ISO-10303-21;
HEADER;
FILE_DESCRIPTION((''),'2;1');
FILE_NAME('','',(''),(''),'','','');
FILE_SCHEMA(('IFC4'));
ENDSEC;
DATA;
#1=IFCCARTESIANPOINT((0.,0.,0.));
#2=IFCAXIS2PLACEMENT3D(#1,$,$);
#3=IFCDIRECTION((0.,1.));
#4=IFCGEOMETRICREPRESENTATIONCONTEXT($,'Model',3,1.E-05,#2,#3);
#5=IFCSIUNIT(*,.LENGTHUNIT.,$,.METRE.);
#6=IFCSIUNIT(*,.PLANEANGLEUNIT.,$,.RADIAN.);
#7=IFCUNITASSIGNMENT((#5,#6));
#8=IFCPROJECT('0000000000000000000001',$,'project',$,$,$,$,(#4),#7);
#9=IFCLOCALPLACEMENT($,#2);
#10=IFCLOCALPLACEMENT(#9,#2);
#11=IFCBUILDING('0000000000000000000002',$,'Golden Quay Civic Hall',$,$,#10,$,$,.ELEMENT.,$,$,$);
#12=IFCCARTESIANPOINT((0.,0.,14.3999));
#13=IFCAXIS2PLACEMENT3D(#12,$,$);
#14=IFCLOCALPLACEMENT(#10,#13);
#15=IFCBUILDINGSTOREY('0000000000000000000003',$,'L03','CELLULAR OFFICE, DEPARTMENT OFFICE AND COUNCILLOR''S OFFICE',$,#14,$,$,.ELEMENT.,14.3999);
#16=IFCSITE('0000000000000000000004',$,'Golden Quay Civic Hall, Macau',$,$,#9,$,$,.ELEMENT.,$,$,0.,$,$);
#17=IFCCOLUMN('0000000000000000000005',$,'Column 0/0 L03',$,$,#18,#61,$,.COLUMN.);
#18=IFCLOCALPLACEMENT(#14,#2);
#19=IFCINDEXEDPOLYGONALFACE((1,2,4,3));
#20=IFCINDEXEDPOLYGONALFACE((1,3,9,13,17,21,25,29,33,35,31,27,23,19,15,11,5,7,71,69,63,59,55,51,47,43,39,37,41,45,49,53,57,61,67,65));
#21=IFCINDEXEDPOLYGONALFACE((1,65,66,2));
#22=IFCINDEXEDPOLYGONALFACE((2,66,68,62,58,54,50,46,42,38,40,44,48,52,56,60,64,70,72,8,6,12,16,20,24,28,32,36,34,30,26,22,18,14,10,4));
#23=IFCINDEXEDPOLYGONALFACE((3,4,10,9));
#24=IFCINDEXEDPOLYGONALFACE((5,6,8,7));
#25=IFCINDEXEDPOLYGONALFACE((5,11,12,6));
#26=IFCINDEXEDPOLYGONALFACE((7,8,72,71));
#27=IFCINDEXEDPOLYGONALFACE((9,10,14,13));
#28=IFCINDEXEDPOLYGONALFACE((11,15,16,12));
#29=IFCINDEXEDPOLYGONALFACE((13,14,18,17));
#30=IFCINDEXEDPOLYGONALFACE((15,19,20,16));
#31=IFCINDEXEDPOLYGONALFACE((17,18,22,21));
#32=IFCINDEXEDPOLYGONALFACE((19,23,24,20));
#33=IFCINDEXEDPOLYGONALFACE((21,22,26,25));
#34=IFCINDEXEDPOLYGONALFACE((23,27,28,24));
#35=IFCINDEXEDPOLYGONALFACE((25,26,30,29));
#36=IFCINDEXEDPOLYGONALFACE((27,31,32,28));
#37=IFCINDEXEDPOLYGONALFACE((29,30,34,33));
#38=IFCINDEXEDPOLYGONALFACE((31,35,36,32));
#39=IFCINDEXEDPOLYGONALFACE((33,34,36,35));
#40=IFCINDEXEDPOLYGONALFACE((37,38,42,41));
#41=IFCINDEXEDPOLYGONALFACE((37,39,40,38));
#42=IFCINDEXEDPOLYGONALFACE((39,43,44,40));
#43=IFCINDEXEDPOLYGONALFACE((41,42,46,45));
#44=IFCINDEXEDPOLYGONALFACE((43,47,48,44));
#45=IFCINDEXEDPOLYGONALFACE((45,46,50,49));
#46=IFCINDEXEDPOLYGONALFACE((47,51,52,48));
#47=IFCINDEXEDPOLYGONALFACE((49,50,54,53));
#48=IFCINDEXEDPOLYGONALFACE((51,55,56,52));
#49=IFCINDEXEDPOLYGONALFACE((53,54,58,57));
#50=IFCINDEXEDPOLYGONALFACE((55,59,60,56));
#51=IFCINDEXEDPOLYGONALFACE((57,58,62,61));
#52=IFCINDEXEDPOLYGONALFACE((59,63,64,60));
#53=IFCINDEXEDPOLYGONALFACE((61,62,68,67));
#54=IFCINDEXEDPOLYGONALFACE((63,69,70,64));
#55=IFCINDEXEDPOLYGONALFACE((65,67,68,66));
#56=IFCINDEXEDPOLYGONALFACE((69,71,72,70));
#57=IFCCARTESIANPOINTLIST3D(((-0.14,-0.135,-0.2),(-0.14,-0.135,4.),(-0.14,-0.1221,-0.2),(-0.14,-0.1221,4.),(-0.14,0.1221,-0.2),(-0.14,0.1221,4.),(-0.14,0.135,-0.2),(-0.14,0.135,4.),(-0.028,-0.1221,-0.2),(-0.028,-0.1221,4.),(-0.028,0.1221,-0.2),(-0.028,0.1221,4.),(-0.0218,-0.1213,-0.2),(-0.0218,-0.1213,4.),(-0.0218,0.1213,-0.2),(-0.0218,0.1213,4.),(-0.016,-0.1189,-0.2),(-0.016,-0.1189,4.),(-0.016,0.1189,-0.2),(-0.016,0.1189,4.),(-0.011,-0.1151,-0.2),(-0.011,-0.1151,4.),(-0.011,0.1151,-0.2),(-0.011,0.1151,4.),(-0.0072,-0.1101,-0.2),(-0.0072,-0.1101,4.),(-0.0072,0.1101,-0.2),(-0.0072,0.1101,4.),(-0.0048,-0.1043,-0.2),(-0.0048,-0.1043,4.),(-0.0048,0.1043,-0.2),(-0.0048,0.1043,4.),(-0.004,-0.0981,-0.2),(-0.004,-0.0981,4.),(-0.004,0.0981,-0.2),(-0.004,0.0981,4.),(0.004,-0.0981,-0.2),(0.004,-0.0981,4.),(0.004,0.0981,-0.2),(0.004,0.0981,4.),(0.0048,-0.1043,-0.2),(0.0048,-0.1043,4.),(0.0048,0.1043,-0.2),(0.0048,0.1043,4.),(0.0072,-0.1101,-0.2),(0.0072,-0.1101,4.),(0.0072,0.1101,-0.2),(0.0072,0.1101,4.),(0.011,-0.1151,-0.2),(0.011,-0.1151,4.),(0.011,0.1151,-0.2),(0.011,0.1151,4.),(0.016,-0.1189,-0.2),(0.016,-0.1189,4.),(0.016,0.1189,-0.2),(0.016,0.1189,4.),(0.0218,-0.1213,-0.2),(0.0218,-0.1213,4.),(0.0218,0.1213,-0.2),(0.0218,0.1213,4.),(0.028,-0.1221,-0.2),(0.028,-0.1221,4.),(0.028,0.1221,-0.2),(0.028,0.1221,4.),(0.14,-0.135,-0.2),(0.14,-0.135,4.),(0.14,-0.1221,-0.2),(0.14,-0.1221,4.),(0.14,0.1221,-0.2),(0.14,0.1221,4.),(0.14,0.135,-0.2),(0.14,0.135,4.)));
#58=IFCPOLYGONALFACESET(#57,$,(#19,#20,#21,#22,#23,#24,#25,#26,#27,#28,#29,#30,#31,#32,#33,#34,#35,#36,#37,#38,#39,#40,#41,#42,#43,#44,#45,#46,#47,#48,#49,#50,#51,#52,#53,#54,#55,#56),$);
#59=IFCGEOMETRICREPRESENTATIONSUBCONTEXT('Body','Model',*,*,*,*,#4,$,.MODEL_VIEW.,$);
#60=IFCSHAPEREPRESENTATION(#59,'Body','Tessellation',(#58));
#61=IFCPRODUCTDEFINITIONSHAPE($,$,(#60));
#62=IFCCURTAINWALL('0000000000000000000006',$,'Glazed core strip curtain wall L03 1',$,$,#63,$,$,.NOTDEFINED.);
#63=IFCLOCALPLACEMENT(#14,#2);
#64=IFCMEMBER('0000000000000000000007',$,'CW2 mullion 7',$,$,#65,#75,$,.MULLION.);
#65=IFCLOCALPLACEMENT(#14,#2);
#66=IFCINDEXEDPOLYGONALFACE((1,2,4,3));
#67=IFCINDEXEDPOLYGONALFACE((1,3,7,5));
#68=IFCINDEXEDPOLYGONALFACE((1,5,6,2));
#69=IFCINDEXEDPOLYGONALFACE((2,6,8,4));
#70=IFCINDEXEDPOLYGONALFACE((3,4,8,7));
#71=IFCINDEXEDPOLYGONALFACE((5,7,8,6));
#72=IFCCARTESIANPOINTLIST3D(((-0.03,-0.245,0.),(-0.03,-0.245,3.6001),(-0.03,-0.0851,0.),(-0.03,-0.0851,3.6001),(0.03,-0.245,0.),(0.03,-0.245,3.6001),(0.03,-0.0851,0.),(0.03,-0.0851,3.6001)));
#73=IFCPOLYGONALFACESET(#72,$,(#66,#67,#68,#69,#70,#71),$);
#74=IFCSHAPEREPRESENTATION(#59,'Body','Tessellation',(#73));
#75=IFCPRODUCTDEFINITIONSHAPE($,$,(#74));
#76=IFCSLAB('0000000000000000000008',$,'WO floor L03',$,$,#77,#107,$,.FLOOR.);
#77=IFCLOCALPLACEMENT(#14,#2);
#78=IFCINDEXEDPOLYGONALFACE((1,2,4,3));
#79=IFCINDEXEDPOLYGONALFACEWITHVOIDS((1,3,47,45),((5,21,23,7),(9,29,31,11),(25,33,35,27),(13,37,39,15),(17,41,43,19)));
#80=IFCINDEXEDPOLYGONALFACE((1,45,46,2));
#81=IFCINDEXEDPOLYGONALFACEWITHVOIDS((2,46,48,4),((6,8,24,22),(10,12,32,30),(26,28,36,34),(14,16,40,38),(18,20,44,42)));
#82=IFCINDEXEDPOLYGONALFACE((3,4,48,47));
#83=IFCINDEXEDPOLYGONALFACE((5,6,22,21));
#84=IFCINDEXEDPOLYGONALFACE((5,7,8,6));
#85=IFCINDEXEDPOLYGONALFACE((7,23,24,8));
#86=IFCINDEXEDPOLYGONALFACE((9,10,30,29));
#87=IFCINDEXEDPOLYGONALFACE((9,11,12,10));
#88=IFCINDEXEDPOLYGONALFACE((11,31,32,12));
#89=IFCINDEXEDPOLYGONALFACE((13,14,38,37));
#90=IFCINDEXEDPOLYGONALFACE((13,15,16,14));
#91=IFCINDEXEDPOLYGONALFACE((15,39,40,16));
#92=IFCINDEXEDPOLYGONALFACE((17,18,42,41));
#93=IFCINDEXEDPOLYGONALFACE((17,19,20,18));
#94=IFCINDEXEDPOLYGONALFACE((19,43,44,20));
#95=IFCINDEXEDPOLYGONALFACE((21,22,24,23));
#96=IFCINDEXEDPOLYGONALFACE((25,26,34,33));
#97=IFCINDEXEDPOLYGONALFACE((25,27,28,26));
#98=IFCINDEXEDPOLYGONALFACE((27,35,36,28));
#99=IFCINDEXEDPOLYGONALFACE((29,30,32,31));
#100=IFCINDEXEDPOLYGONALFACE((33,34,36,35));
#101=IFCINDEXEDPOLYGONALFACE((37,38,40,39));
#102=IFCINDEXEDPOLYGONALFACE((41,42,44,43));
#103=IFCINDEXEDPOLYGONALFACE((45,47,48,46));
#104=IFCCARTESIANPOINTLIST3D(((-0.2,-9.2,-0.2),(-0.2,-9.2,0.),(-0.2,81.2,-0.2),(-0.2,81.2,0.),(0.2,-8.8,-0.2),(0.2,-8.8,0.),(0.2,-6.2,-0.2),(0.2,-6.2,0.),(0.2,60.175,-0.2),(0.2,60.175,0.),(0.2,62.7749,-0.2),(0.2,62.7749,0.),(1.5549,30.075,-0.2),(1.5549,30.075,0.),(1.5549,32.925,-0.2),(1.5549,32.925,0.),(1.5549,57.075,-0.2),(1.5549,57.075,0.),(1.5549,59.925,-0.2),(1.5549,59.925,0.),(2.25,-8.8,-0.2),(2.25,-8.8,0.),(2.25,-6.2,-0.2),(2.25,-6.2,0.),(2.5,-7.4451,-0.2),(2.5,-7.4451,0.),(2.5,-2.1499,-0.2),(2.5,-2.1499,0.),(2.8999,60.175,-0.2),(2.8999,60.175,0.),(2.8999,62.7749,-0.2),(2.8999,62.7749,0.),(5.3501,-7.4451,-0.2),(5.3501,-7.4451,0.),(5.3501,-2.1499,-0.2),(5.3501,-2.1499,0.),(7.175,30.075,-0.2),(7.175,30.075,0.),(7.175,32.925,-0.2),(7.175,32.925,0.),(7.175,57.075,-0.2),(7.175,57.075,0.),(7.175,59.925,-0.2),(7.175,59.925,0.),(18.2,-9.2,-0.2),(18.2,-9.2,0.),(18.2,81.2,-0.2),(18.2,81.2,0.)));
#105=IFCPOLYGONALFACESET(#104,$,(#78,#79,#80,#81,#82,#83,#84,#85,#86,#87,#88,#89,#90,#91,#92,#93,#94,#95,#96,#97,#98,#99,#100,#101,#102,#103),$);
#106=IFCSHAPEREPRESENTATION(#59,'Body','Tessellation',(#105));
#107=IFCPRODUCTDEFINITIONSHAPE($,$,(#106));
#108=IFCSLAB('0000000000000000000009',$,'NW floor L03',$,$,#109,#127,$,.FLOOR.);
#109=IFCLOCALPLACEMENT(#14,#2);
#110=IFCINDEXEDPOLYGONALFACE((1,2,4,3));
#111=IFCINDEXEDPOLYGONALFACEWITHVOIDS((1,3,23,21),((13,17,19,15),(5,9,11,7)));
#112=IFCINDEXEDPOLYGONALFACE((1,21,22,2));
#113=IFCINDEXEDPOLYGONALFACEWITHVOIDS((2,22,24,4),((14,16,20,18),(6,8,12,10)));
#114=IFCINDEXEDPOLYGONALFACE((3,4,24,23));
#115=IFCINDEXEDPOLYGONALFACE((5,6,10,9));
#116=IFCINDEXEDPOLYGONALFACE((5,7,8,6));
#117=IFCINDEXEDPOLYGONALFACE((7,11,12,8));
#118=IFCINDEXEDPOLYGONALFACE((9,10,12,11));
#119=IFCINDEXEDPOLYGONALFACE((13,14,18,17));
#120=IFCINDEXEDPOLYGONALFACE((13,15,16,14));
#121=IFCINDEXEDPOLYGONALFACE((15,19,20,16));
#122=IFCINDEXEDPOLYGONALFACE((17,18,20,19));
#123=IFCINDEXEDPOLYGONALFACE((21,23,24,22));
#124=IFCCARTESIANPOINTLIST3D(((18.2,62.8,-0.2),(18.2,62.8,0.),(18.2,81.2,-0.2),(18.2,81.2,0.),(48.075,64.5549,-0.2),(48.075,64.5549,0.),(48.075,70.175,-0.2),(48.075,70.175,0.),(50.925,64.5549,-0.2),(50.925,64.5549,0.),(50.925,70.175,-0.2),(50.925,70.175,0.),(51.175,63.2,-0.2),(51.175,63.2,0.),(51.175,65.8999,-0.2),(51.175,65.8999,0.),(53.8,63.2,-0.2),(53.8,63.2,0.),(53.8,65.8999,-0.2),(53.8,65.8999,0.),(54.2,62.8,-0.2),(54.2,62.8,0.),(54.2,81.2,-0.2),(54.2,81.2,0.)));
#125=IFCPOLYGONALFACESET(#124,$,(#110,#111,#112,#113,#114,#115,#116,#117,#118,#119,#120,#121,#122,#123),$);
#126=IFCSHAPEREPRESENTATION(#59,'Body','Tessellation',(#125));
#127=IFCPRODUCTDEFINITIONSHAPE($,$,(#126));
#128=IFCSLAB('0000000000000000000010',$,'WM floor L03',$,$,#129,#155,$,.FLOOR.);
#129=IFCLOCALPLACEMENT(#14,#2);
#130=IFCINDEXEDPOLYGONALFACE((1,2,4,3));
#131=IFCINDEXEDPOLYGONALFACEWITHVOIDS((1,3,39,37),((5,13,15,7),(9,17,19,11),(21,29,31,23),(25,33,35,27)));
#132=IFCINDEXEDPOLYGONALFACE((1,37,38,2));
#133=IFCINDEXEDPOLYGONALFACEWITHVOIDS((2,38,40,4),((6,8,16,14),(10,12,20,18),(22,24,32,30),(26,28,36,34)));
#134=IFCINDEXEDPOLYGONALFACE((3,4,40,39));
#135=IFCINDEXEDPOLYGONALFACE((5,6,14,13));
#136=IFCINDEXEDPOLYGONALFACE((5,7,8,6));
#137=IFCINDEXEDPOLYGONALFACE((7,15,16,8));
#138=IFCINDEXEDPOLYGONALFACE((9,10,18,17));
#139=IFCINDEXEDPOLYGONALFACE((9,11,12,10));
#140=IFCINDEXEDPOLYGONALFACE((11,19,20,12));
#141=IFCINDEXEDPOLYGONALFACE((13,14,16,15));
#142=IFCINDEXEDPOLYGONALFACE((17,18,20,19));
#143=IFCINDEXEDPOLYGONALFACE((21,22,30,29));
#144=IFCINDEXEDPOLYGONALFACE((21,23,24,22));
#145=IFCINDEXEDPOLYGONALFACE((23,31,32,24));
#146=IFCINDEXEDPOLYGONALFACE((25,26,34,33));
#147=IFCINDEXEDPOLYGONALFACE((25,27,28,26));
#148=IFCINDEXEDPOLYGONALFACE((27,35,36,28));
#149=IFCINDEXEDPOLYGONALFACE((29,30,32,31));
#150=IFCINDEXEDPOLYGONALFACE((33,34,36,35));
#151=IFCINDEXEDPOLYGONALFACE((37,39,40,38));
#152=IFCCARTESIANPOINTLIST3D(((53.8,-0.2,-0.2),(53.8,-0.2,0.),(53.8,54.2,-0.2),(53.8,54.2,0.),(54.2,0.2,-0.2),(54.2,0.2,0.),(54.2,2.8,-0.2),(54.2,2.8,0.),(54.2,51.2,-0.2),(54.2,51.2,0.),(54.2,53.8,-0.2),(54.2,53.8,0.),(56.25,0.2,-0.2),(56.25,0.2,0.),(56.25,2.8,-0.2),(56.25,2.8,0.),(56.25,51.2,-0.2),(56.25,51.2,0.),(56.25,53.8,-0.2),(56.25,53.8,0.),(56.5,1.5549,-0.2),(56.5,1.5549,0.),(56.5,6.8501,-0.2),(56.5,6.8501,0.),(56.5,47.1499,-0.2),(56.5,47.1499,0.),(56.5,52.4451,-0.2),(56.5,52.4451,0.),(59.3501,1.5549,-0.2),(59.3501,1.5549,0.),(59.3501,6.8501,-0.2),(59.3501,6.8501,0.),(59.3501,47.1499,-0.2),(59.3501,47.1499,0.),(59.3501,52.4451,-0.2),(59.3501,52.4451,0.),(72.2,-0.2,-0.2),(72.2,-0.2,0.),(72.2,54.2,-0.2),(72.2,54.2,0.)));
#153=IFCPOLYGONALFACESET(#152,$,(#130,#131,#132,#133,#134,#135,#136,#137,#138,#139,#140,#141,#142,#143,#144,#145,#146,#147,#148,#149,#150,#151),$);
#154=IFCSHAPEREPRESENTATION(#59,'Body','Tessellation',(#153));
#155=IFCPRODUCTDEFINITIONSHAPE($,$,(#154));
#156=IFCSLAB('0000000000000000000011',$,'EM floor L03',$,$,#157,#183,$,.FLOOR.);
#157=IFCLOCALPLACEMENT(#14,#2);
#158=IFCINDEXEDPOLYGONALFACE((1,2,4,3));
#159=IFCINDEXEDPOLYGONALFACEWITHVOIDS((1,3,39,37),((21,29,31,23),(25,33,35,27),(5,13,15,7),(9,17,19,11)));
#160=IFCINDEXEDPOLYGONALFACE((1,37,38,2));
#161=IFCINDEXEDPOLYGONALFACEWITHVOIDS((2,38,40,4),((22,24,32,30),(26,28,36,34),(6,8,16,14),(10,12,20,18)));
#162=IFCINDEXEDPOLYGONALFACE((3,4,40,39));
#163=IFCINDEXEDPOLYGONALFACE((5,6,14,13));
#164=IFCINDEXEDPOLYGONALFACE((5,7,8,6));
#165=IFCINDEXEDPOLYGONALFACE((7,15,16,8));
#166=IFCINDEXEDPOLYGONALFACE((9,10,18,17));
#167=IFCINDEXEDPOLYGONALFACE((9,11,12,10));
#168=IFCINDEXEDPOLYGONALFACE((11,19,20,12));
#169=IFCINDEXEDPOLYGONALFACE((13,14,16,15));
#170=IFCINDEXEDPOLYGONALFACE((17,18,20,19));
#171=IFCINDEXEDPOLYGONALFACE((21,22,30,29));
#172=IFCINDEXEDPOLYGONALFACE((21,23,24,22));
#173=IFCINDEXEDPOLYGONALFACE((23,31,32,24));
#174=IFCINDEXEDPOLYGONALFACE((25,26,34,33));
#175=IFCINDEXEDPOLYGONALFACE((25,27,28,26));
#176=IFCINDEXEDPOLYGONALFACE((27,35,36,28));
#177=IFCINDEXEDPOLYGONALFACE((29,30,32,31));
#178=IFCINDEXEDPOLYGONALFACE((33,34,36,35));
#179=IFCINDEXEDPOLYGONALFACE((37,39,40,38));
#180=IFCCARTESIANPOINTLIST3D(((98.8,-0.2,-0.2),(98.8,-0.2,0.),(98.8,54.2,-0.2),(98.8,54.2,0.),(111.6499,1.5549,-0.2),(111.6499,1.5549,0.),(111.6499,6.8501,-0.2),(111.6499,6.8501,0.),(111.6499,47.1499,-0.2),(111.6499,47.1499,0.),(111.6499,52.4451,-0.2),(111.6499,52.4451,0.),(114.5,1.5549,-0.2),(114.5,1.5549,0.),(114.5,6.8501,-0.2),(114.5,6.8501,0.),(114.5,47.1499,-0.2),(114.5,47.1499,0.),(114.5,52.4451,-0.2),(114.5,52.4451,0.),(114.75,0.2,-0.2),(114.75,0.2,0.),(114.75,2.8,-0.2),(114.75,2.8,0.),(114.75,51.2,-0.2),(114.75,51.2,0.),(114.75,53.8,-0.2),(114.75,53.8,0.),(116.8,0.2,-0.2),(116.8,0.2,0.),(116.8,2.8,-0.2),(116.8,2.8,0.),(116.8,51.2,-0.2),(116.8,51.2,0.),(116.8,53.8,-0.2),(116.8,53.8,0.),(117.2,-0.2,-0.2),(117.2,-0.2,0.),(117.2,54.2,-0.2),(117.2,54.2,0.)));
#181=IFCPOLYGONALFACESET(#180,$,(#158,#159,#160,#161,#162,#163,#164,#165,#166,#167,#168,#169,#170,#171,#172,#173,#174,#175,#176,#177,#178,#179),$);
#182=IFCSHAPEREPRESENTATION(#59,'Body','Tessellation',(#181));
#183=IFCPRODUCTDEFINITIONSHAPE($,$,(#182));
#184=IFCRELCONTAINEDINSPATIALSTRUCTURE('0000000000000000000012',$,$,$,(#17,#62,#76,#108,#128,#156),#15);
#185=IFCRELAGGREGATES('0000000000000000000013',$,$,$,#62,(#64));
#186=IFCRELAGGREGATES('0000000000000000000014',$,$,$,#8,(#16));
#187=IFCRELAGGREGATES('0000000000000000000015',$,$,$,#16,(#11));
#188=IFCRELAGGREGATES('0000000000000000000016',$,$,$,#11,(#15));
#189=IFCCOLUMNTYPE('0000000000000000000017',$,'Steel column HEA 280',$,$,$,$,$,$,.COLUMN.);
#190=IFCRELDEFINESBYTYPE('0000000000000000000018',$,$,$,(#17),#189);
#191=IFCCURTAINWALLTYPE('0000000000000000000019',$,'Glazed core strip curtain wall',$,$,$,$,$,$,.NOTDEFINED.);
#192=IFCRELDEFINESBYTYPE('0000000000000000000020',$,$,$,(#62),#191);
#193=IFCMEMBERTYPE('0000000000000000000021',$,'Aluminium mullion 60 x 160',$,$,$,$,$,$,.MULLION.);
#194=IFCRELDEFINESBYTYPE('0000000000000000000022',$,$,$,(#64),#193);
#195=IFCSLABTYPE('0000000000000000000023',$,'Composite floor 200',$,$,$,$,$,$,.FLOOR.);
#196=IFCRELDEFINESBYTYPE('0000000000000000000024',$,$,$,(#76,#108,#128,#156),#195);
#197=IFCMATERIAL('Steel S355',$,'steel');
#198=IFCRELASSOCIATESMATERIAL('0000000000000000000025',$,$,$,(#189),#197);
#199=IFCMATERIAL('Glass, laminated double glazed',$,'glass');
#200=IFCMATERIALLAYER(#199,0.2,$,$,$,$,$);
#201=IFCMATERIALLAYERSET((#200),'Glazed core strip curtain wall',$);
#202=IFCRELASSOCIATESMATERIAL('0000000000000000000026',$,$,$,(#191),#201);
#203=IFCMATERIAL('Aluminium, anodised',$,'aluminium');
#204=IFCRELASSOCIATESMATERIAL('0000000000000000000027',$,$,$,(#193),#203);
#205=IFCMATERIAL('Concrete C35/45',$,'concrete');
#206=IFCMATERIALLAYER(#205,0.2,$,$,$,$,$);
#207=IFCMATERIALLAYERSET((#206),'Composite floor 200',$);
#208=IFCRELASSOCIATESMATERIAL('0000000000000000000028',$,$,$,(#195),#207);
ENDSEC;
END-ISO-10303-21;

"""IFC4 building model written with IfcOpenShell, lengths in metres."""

from ifc_helpers import new_model, si_unit, direction, frame, origin, origin_2d, place, context, subcontext, project, spatial, polyline, rectangle, i_section, outline, extrude, material, layer, layer_set, material_profile, profile_set, type_object, element, aggregate, save


model = new_model("IFC4")

# Units and contexts
model_context = context("Model", 3, precision=1e-05, world=origin(), true_north=direction((0.0, 1.0)))
body_context = subcontext(model_context, "Body", "Model", "MODEL_VIEW")
ifc_project = project(units=[si_unit("LENGTHUNIT", "METRE"), si_unit("PLANEANGLEUNIT", "RADIAN")], contexts=[model_context])

# Site, building, storey
site_placement = place(None, origin())
site = spatial("IfcSite", under=ifc_project, at=site_placement, Name="Golden Quay Civic Hall, Macau", CompositionType="ELEMENT", RefElevation=0.0)
building_placement = place(site_placement, origin())
building = spatial("IfcBuilding", under=site, at=building_placement, Name="Golden Quay Civic Hall", CompositionType="ELEMENT")
storey_placement = place(building_placement, frame((0.0, 0.0, 14.3999)))
storey = spatial("IfcBuildingStorey", under=building, at=storey_placement, Name="L03", Description="CELLULAR OFFICE, DEPARTMENT OFFICE AND COUNCILLOR'S OFFICE", CompositionType="ELEMENT", Elevation=14.3999)

# Column
ifc_material_1 = material(Name="Steel S355", Category="steel")
ifc_material_profile_1 = material_profile(ifc_material_1, i_section(OverallWidth=0.28, OverallDepth=0.27, WebThickness=0.0081, FlangeThickness=0.0129, FilletRadius=0.0239, at=origin_2d()), Name="HEA 280")
ifc_profile_set_1 = profile_set([ifc_material_profile_1], Name="Steel S355")
column_type = type_object("IfcColumnType", Name="Steel column HEA 280", PredefinedType="COLUMN", material=ifc_profile_set_1)
column_placement = place(storey_placement, frame((0.0, 0.0, -0.2), z_axis=(0.0, 0.0, 1.0), x_axis=(1.0, 0.0, 0.0)))
element("IfcColumn", 1, at=column_placement, inside=storey, type_object=column_type, Name="Column 0/0 L03", PredefinedType="COLUMN", context=body_context, shape_type="SweptSolid", body=[
    extrude(i_section(OverallWidth=0.28, OverallDepth=0.27, WebThickness=0.0081, FlangeThickness=0.0129, FilletRadius=0.0239, at=origin_2d()), origin(), (0.0, 0.0, 1.0), 4.2),
])

# Curtain wall, member
ifc_material_2 = material(Name="Glass, laminated double glazed", Category="glass")
ifc_layer_1 = layer(ifc_material_2, 0.2)
ifc_layer_set_1 = layer_set([ifc_layer_1], Name="Glazed core strip curtain wall")
curtain_wall_type = type_object("IfcCurtainWallType", Name="Glazed core strip curtain wall", PredefinedType="NOTDEFINED", material=ifc_layer_set_1)
curtain_wall_placement = place(storey_placement, origin())
curtain_wall = element("IfcCurtainWall", 2, at=curtain_wall_placement, inside=storey, type_object=curtain_wall_type, Name="Glazed core strip curtain wall L03 1", PredefinedType="NOTDEFINED")
ifc_material_3 = material(Name="Aluminium, anodised", Category="aluminium")
ifc_material_profile_2 = material_profile(ifc_material_3, rectangle(XDim=0.0601, YDim=0.1599, at=origin_2d()), Name="Aluminium 60 x 160")
ifc_profile_set_2 = profile_set([ifc_material_profile_2], Name="Aluminium, anodised")
member_type = type_object("IfcMemberType", Name="Aluminium mullion 60 x 160", PredefinedType="MULLION", material=ifc_profile_set_2)
member_placement = place(storey_placement, frame((0.0, -0.165, 0.0), z_axis=(0.0, 0.0, 1.0), x_axis=(-1.0, 0.0, 0.0)))
member = element("IfcMember", 3, at=member_placement, type_object=member_type, Name="CW2 mullion 7", PredefinedType="MULLION", context=body_context, shape_type="SweptSolid", body=[
    extrude(rectangle(XDim=0.0601, YDim=0.1599, at=origin_2d()), origin(), (0.0, 0.0, 1.0), 3.6001),
])
aggregate(curtain_wall, [member])

# Slabs
ifc_material_4 = material(Name="Concrete C35/45", Category="concrete")
ifc_layer_2 = layer(ifc_material_4, 0.2)
ifc_layer_set_2 = layer_set([ifc_layer_2], Name="Composite floor 200")
slab_type_1 = type_object("IfcSlabType", Name="Composite floor 200", PredefinedType="FLOOR", material=ifc_layer_set_2)
slab_1_placement = place(storey_placement, frame((0.0, 0.0, -0.2)))
element("IfcSlab", 4, at=slab_1_placement, inside=storey, type_object=slab_type_1, Name="WO floor L03", PredefinedType="FLOOR", context=body_context, shape_type="SweptSolid", body=[
    extrude(outline(polyline([(-0.2, -9.2), (-0.2, 81.2), (18.2, 81.2), (18.2, -9.2), (-0.2, -9.2)]), holes=[polyline([(5.3501, -2.1499), (2.5, -2.1499), (2.5, -7.4451), (5.3501, -7.4451), (5.3501, -2.1499)]), polyline([(2.25, -8.8), (2.25, -6.2), (0.2, -6.2), (0.2, -8.8), (2.25, -8.8)]), polyline([(1.5549, 57.075), (7.175, 57.075), (7.175, 59.925), (1.5549, 59.925), (1.5549, 57.075)]), polyline([(0.2, 62.7749), (0.2, 60.175), (2.8999, 60.175), (2.8999, 62.7749), (0.2, 62.7749)]), polyline([(7.175, 32.925), (1.5549, 32.925), (1.5549, 30.075), (7.175, 30.075), (7.175, 32.925)])]), origin(), (0.0, 0.0, 1.0), 0.2),
])
slab_2_placement = place(storey_placement, frame((0.0, 0.0, -0.2)))
element("IfcSlab", 5, at=slab_2_placement, inside=storey, type_object=slab_type_1, Name="NW floor L03", PredefinedType="FLOOR", context=body_context, shape_type="SweptSolid", body=[
    extrude(outline(polyline([(18.2, 62.8), (18.2, 81.2), (54.2, 81.2), (54.2, 62.8), (18.2, 62.8)]), holes=[polyline([(48.075, 70.175), (48.075, 64.5549), (50.925, 64.5549), (50.925, 70.175), (48.075, 70.175)]), polyline([(53.8, 65.8999), (51.175, 65.8999), (51.175, 63.2), (53.8, 63.2), (53.8, 65.8999)])]), origin(), (0.0, 0.0, 1.0), 0.2),
])
slab_3_placement = place(storey_placement, frame((0.0, 0.0, -0.2)))
element("IfcSlab", 6, at=slab_3_placement, inside=storey, type_object=slab_type_1, Name="WM floor L03", PredefinedType="FLOOR", context=body_context, shape_type="SweptSolid", body=[
    extrude(outline(polyline([(72.2, -0.2), (53.8, -0.2), (53.8, 54.2), (72.2, 54.2), (72.2, -0.2)]), holes=[polyline([(59.3501, 1.5549), (59.3501, 6.8501), (56.5, 6.8501), (56.5, 1.5549), (59.3501, 1.5549)]), polyline([(54.2, 0.2), (56.25, 0.2), (56.25, 2.8), (54.2, 2.8), (54.2, 0.2)]), polyline([(56.5, 52.4451), (56.5, 47.1499), (59.3501, 47.1499), (59.3501, 52.4451), (56.5, 52.4451)]), polyline([(56.25, 53.8), (54.2, 53.8), (54.2, 51.2), (56.25, 51.2), (56.25, 53.8)])]), origin(), (0.0, 0.0, 1.0), 0.2),
])
slab_4_placement = place(storey_placement, frame((0.0, 0.0, -0.2)))
element("IfcSlab", 7, at=slab_4_placement, inside=storey, type_object=slab_type_1, Name="EM floor L03", PredefinedType="FLOOR", context=body_context, shape_type="SweptSolid", body=[
    extrude(outline(polyline([(117.2, -0.2), (98.8, -0.2), (98.8, 54.2), (117.2, 54.2), (117.2, -0.2)]), holes=[polyline([(114.5, 1.5549), (114.5, 6.8501), (111.6499, 6.8501), (111.6499, 1.5549), (114.5, 1.5549)]), polyline([(114.75, 0.2), (116.8, 0.2), (116.8, 2.8), (114.75, 2.8), (114.75, 0.2)]), polyline([(111.6499, 52.4451), (111.6499, 47.1499), (114.5, 47.1499), (114.5, 52.4451), (111.6499, 52.4451)]), polyline([(116.8, 53.8), (114.75, 53.8), (114.75, 51.2), (116.8, 51.2), (116.8, 53.8)])]), origin(), (0.0, 0.0, 1.0), 0.2),
])

save(model, "model.ifc")
